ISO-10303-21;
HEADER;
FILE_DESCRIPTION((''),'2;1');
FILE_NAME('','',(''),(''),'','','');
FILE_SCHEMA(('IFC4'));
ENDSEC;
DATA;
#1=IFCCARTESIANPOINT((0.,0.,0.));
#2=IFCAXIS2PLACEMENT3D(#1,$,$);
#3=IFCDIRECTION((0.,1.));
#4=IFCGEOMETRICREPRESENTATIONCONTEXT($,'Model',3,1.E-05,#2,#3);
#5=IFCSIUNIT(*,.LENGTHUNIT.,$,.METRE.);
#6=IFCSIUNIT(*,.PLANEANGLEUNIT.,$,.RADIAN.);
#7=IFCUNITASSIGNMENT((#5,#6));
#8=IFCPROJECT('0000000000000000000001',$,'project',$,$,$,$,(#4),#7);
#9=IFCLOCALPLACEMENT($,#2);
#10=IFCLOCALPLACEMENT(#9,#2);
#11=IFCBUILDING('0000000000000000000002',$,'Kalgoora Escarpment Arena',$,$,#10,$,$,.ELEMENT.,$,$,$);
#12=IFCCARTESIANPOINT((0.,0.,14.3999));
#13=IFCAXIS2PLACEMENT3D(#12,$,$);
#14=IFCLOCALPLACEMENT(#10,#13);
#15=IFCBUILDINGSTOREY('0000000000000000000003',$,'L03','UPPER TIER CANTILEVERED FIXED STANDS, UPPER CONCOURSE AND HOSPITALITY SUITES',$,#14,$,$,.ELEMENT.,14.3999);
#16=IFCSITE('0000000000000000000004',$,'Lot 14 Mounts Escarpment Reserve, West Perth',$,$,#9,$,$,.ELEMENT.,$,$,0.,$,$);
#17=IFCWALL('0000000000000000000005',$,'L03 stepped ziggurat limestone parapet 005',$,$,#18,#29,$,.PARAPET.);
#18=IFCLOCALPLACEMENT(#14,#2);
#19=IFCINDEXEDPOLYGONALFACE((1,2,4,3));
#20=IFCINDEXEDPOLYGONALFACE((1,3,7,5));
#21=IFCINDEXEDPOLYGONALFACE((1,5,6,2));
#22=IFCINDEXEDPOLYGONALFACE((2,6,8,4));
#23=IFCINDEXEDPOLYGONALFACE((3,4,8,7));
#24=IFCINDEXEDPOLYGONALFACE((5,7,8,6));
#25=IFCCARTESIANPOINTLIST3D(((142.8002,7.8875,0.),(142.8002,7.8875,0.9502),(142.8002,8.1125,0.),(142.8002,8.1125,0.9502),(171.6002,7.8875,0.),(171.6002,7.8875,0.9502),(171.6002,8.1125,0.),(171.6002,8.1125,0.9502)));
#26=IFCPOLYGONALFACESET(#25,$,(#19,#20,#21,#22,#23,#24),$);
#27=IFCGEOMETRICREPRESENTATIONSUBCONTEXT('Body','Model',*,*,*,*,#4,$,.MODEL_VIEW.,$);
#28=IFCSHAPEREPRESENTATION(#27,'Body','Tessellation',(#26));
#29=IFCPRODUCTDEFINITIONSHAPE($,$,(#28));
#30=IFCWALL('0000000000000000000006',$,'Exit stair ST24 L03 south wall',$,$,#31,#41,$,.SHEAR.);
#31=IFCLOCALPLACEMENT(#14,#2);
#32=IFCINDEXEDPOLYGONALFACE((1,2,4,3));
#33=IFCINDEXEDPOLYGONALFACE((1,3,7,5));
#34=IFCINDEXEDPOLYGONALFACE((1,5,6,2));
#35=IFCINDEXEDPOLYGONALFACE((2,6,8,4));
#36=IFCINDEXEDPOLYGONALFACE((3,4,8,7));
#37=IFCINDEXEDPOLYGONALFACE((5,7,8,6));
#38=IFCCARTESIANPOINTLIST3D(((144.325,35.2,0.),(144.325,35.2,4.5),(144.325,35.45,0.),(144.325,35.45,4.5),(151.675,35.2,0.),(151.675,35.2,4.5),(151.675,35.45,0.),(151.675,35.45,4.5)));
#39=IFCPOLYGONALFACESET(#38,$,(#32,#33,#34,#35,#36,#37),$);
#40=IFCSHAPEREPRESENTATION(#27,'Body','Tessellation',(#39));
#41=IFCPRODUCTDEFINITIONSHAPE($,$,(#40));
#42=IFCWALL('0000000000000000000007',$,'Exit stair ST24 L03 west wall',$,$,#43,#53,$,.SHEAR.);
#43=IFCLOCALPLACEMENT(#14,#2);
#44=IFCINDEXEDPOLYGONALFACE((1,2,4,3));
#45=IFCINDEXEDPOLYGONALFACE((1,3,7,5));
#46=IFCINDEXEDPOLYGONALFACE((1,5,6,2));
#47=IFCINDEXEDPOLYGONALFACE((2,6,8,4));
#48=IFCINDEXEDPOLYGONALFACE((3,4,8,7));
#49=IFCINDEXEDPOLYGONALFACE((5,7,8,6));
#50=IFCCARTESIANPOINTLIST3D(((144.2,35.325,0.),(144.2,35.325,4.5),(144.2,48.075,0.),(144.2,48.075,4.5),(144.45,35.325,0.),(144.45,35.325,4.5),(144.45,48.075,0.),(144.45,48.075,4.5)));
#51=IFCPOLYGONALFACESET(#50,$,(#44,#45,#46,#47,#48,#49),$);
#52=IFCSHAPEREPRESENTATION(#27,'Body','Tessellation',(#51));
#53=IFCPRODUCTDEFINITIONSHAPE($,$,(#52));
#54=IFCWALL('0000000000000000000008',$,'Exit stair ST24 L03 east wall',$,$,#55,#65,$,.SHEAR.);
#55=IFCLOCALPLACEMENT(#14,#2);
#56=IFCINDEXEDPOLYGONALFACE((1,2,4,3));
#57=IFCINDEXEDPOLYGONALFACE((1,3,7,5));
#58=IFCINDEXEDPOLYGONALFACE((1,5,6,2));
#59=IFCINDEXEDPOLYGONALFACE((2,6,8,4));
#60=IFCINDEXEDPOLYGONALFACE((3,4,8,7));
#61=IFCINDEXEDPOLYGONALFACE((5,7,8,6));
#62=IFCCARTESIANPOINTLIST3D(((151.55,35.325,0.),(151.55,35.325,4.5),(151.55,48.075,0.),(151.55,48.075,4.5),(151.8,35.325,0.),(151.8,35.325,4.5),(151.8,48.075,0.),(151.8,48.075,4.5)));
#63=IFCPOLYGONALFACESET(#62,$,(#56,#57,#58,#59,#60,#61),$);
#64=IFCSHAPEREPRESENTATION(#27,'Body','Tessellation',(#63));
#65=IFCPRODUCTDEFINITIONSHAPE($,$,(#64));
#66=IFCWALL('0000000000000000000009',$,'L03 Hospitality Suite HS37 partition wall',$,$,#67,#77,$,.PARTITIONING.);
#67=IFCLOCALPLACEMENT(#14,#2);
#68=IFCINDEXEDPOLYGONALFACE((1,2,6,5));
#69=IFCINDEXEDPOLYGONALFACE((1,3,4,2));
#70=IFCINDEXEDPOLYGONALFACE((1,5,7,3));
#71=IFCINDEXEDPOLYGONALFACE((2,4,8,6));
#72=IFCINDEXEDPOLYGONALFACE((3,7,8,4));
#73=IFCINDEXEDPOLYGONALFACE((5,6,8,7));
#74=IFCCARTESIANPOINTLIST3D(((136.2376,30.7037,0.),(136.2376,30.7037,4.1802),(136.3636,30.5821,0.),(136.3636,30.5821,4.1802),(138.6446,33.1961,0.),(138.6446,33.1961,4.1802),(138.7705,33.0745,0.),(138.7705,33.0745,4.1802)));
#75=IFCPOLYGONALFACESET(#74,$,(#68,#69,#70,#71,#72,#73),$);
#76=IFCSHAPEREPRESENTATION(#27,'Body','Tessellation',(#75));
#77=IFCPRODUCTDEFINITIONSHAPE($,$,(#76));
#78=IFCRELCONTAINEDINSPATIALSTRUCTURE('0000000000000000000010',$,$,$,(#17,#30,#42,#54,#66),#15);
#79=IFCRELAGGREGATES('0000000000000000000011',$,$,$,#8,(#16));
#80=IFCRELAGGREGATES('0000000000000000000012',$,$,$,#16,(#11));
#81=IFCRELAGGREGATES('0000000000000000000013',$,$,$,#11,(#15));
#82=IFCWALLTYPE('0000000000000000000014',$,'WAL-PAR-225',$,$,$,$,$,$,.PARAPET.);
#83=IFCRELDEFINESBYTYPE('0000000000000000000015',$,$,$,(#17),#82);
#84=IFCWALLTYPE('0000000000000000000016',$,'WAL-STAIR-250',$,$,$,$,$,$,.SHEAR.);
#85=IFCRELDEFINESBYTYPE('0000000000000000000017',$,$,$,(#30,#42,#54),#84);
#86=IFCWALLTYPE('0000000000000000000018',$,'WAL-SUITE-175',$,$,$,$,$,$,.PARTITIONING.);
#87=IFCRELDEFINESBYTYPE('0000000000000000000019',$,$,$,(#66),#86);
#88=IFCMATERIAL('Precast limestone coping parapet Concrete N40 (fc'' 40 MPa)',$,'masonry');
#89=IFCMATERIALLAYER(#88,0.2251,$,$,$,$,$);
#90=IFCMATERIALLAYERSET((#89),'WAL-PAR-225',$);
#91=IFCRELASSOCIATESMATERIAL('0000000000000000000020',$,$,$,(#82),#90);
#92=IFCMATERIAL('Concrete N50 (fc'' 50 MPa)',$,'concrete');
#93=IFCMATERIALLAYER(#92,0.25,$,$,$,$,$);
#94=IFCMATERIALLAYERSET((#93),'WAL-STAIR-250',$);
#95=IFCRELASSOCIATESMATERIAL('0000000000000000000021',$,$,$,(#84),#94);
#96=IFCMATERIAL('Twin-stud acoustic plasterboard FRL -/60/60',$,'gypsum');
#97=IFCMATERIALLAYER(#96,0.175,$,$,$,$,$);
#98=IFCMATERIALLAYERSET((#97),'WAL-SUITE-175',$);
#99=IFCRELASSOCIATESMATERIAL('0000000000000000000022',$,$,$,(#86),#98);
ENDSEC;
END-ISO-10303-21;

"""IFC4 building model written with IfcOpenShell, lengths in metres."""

from ifc_helpers import new_model, si_unit, direction, frame, frame_2d, origin, place, context, subcontext, project, spatial, rectangle, extrude, material, layer, layer_set, type_object, element, save


model = new_model("IFC4")

# Units and contexts
model_context = context("Model", 3, precision=1e-05, world=origin(), true_north=direction((0.0, 1.0)))
body_context = subcontext(model_context, "Body", "Model", "MODEL_VIEW")
ifc_project = project(units=[si_unit("LENGTHUNIT", "METRE"), si_unit("PLANEANGLEUNIT", "RADIAN")], contexts=[model_context])

# Site, building, storey
site_placement = place(None, origin())
site = spatial("IfcSite", under=ifc_project, at=site_placement, Name="Lot 14 Mounts Escarpment Reserve, West Perth", CompositionType="ELEMENT", RefElevation=0.0)
building_placement = place(site_placement, origin())
building = spatial("IfcBuilding", under=site, at=building_placement, Name="Kalgoora Escarpment Arena", CompositionType="ELEMENT")
storey_placement = place(building_placement, frame((0.0, 0.0, 14.3999)))
storey = spatial("IfcBuildingStorey", under=building, at=storey_placement, Name="L03", Description="UPPER TIER CANTILEVERED FIXED STANDS, UPPER CONCOURSE AND HOSPITALITY SUITES", CompositionType="ELEMENT", Elevation=14.3999)

# Walls
ifc_material_1 = material(Name="Precast limestone coping parapet Concrete N40 (fc' 40 MPa)", Category="masonry")
ifc_layer_1 = layer(ifc_material_1, 0.2251)
ifc_layer_set_1 = layer_set([ifc_layer_1], Name="WAL-PAR-225")
wall_type_1 = type_object("IfcWallType", Name="WAL-PAR-225", PredefinedType="PARAPET", material=ifc_layer_set_1)
wall_1_placement = place(storey_placement, frame((171.6001, 8.0, 0.0), z_axis=(0.0, 0.0, 1.0), x_axis=(-1.0, 0.0, 0.0)))
element("IfcWall", 1, at=wall_1_placement, inside=storey, type_object=wall_type_1, Name="L03 stepped ziggurat limestone parapet 005", PredefinedType="PARAPET", context=body_context, shape_type="SweptSolid", body=[
    extrude(rectangle(XDim=28.8, YDim=0.2251, at=frame_2d((14.3999, 0.0))), origin(), (0.0, 0.0, 1.0), 0.9502),
])
ifc_material_2 = material(Name="Concrete N50 (fc' 50 MPa)", Category="concrete")
ifc_layer_2 = layer(ifc_material_2, 0.25)
ifc_layer_set_2 = layer_set([ifc_layer_2], Name="WAL-STAIR-250")
wall_type_2 = type_object("IfcWallType", Name="WAL-STAIR-250", PredefinedType="SHEAR", material=ifc_layer_set_2)
wall_2_placement = place(storey_placement, frame((144.325, 35.325, 0.0), z_axis=(0.0, 0.0, 1.0), x_axis=(1.0, 0.0, 0.0)))
element("IfcWall", 2, at=wall_2_placement, inside=storey, type_object=wall_type_2, Name="Exit stair ST24 L03 south wall", PredefinedType="SHEAR", context=body_context, shape_type="SweptSolid", body=[
    extrude(rectangle(XDim=7.3501, YDim=0.25, at=frame_2d((3.675, 0.0))), origin(), (0.0, 0.0, 1.0), 4.5),
])
for number, where, z_axis, x_axis, name in (
    (3, (144.325, 35.325, 0.0), (0.0, 0.0, 1.0), (0.0, 1.0, 0.0), "Exit stair ST24 L03 west wall"),
    (4, (151.675, 35.325, 0.0), (0.0, 0.0, 1.0), (0.0, 1.0, 0.0), "Exit stair ST24 L03 east wall"),
):
    element("IfcWall", number, at=place(storey_placement, frame(where, z_axis=z_axis, x_axis=x_axis)), inside=storey, type_object=wall_type_2, Name=name, PredefinedType="SHEAR", context=body_context, shape_type="SweptSolid", body=[
        extrude(rectangle(XDim=12.75, YDim=0.25, at=frame_2d((6.375, 0.0))), origin(), (0.0, 0.0, 1.0), 4.5),
    ])
ifc_material_3 = material(Name="Twin-stud acoustic plasterboard FRL -/60/60", Category="gypsum")
ifc_layer_3 = layer(ifc_material_3, 0.175)
ifc_layer_set_3 = layer_set([ifc_layer_3], Name="WAL-SUITE-175")
wall_type_3 = type_object("IfcWallType", Name="WAL-SUITE-175", PredefinedType="PARTITIONING", material=ifc_layer_set_3)
wall_3_placement = place(storey_placement, frame((138.7075, 33.1353, 0.0), z_axis=(0.0, 0.0, 1.0), x_axis=(-0.694669, -0.71933, 0.0)))
element("IfcWall", 5, at=wall_3_placement, inside=storey, type_object=wall_type_3, Name="L03 Hospitality Suite HS37 partition wall", PredefinedType="PARTITIONING", context=body_context, shape_type="SweptSolid", body=[
    extrude(rectangle(XDim=3.4648, YDim=0.175, at=frame_2d((1.7324, 0.0))), origin(), (0.0, 0.0, 1.0), 4.1802),
])

save(model, "model.ifc")
